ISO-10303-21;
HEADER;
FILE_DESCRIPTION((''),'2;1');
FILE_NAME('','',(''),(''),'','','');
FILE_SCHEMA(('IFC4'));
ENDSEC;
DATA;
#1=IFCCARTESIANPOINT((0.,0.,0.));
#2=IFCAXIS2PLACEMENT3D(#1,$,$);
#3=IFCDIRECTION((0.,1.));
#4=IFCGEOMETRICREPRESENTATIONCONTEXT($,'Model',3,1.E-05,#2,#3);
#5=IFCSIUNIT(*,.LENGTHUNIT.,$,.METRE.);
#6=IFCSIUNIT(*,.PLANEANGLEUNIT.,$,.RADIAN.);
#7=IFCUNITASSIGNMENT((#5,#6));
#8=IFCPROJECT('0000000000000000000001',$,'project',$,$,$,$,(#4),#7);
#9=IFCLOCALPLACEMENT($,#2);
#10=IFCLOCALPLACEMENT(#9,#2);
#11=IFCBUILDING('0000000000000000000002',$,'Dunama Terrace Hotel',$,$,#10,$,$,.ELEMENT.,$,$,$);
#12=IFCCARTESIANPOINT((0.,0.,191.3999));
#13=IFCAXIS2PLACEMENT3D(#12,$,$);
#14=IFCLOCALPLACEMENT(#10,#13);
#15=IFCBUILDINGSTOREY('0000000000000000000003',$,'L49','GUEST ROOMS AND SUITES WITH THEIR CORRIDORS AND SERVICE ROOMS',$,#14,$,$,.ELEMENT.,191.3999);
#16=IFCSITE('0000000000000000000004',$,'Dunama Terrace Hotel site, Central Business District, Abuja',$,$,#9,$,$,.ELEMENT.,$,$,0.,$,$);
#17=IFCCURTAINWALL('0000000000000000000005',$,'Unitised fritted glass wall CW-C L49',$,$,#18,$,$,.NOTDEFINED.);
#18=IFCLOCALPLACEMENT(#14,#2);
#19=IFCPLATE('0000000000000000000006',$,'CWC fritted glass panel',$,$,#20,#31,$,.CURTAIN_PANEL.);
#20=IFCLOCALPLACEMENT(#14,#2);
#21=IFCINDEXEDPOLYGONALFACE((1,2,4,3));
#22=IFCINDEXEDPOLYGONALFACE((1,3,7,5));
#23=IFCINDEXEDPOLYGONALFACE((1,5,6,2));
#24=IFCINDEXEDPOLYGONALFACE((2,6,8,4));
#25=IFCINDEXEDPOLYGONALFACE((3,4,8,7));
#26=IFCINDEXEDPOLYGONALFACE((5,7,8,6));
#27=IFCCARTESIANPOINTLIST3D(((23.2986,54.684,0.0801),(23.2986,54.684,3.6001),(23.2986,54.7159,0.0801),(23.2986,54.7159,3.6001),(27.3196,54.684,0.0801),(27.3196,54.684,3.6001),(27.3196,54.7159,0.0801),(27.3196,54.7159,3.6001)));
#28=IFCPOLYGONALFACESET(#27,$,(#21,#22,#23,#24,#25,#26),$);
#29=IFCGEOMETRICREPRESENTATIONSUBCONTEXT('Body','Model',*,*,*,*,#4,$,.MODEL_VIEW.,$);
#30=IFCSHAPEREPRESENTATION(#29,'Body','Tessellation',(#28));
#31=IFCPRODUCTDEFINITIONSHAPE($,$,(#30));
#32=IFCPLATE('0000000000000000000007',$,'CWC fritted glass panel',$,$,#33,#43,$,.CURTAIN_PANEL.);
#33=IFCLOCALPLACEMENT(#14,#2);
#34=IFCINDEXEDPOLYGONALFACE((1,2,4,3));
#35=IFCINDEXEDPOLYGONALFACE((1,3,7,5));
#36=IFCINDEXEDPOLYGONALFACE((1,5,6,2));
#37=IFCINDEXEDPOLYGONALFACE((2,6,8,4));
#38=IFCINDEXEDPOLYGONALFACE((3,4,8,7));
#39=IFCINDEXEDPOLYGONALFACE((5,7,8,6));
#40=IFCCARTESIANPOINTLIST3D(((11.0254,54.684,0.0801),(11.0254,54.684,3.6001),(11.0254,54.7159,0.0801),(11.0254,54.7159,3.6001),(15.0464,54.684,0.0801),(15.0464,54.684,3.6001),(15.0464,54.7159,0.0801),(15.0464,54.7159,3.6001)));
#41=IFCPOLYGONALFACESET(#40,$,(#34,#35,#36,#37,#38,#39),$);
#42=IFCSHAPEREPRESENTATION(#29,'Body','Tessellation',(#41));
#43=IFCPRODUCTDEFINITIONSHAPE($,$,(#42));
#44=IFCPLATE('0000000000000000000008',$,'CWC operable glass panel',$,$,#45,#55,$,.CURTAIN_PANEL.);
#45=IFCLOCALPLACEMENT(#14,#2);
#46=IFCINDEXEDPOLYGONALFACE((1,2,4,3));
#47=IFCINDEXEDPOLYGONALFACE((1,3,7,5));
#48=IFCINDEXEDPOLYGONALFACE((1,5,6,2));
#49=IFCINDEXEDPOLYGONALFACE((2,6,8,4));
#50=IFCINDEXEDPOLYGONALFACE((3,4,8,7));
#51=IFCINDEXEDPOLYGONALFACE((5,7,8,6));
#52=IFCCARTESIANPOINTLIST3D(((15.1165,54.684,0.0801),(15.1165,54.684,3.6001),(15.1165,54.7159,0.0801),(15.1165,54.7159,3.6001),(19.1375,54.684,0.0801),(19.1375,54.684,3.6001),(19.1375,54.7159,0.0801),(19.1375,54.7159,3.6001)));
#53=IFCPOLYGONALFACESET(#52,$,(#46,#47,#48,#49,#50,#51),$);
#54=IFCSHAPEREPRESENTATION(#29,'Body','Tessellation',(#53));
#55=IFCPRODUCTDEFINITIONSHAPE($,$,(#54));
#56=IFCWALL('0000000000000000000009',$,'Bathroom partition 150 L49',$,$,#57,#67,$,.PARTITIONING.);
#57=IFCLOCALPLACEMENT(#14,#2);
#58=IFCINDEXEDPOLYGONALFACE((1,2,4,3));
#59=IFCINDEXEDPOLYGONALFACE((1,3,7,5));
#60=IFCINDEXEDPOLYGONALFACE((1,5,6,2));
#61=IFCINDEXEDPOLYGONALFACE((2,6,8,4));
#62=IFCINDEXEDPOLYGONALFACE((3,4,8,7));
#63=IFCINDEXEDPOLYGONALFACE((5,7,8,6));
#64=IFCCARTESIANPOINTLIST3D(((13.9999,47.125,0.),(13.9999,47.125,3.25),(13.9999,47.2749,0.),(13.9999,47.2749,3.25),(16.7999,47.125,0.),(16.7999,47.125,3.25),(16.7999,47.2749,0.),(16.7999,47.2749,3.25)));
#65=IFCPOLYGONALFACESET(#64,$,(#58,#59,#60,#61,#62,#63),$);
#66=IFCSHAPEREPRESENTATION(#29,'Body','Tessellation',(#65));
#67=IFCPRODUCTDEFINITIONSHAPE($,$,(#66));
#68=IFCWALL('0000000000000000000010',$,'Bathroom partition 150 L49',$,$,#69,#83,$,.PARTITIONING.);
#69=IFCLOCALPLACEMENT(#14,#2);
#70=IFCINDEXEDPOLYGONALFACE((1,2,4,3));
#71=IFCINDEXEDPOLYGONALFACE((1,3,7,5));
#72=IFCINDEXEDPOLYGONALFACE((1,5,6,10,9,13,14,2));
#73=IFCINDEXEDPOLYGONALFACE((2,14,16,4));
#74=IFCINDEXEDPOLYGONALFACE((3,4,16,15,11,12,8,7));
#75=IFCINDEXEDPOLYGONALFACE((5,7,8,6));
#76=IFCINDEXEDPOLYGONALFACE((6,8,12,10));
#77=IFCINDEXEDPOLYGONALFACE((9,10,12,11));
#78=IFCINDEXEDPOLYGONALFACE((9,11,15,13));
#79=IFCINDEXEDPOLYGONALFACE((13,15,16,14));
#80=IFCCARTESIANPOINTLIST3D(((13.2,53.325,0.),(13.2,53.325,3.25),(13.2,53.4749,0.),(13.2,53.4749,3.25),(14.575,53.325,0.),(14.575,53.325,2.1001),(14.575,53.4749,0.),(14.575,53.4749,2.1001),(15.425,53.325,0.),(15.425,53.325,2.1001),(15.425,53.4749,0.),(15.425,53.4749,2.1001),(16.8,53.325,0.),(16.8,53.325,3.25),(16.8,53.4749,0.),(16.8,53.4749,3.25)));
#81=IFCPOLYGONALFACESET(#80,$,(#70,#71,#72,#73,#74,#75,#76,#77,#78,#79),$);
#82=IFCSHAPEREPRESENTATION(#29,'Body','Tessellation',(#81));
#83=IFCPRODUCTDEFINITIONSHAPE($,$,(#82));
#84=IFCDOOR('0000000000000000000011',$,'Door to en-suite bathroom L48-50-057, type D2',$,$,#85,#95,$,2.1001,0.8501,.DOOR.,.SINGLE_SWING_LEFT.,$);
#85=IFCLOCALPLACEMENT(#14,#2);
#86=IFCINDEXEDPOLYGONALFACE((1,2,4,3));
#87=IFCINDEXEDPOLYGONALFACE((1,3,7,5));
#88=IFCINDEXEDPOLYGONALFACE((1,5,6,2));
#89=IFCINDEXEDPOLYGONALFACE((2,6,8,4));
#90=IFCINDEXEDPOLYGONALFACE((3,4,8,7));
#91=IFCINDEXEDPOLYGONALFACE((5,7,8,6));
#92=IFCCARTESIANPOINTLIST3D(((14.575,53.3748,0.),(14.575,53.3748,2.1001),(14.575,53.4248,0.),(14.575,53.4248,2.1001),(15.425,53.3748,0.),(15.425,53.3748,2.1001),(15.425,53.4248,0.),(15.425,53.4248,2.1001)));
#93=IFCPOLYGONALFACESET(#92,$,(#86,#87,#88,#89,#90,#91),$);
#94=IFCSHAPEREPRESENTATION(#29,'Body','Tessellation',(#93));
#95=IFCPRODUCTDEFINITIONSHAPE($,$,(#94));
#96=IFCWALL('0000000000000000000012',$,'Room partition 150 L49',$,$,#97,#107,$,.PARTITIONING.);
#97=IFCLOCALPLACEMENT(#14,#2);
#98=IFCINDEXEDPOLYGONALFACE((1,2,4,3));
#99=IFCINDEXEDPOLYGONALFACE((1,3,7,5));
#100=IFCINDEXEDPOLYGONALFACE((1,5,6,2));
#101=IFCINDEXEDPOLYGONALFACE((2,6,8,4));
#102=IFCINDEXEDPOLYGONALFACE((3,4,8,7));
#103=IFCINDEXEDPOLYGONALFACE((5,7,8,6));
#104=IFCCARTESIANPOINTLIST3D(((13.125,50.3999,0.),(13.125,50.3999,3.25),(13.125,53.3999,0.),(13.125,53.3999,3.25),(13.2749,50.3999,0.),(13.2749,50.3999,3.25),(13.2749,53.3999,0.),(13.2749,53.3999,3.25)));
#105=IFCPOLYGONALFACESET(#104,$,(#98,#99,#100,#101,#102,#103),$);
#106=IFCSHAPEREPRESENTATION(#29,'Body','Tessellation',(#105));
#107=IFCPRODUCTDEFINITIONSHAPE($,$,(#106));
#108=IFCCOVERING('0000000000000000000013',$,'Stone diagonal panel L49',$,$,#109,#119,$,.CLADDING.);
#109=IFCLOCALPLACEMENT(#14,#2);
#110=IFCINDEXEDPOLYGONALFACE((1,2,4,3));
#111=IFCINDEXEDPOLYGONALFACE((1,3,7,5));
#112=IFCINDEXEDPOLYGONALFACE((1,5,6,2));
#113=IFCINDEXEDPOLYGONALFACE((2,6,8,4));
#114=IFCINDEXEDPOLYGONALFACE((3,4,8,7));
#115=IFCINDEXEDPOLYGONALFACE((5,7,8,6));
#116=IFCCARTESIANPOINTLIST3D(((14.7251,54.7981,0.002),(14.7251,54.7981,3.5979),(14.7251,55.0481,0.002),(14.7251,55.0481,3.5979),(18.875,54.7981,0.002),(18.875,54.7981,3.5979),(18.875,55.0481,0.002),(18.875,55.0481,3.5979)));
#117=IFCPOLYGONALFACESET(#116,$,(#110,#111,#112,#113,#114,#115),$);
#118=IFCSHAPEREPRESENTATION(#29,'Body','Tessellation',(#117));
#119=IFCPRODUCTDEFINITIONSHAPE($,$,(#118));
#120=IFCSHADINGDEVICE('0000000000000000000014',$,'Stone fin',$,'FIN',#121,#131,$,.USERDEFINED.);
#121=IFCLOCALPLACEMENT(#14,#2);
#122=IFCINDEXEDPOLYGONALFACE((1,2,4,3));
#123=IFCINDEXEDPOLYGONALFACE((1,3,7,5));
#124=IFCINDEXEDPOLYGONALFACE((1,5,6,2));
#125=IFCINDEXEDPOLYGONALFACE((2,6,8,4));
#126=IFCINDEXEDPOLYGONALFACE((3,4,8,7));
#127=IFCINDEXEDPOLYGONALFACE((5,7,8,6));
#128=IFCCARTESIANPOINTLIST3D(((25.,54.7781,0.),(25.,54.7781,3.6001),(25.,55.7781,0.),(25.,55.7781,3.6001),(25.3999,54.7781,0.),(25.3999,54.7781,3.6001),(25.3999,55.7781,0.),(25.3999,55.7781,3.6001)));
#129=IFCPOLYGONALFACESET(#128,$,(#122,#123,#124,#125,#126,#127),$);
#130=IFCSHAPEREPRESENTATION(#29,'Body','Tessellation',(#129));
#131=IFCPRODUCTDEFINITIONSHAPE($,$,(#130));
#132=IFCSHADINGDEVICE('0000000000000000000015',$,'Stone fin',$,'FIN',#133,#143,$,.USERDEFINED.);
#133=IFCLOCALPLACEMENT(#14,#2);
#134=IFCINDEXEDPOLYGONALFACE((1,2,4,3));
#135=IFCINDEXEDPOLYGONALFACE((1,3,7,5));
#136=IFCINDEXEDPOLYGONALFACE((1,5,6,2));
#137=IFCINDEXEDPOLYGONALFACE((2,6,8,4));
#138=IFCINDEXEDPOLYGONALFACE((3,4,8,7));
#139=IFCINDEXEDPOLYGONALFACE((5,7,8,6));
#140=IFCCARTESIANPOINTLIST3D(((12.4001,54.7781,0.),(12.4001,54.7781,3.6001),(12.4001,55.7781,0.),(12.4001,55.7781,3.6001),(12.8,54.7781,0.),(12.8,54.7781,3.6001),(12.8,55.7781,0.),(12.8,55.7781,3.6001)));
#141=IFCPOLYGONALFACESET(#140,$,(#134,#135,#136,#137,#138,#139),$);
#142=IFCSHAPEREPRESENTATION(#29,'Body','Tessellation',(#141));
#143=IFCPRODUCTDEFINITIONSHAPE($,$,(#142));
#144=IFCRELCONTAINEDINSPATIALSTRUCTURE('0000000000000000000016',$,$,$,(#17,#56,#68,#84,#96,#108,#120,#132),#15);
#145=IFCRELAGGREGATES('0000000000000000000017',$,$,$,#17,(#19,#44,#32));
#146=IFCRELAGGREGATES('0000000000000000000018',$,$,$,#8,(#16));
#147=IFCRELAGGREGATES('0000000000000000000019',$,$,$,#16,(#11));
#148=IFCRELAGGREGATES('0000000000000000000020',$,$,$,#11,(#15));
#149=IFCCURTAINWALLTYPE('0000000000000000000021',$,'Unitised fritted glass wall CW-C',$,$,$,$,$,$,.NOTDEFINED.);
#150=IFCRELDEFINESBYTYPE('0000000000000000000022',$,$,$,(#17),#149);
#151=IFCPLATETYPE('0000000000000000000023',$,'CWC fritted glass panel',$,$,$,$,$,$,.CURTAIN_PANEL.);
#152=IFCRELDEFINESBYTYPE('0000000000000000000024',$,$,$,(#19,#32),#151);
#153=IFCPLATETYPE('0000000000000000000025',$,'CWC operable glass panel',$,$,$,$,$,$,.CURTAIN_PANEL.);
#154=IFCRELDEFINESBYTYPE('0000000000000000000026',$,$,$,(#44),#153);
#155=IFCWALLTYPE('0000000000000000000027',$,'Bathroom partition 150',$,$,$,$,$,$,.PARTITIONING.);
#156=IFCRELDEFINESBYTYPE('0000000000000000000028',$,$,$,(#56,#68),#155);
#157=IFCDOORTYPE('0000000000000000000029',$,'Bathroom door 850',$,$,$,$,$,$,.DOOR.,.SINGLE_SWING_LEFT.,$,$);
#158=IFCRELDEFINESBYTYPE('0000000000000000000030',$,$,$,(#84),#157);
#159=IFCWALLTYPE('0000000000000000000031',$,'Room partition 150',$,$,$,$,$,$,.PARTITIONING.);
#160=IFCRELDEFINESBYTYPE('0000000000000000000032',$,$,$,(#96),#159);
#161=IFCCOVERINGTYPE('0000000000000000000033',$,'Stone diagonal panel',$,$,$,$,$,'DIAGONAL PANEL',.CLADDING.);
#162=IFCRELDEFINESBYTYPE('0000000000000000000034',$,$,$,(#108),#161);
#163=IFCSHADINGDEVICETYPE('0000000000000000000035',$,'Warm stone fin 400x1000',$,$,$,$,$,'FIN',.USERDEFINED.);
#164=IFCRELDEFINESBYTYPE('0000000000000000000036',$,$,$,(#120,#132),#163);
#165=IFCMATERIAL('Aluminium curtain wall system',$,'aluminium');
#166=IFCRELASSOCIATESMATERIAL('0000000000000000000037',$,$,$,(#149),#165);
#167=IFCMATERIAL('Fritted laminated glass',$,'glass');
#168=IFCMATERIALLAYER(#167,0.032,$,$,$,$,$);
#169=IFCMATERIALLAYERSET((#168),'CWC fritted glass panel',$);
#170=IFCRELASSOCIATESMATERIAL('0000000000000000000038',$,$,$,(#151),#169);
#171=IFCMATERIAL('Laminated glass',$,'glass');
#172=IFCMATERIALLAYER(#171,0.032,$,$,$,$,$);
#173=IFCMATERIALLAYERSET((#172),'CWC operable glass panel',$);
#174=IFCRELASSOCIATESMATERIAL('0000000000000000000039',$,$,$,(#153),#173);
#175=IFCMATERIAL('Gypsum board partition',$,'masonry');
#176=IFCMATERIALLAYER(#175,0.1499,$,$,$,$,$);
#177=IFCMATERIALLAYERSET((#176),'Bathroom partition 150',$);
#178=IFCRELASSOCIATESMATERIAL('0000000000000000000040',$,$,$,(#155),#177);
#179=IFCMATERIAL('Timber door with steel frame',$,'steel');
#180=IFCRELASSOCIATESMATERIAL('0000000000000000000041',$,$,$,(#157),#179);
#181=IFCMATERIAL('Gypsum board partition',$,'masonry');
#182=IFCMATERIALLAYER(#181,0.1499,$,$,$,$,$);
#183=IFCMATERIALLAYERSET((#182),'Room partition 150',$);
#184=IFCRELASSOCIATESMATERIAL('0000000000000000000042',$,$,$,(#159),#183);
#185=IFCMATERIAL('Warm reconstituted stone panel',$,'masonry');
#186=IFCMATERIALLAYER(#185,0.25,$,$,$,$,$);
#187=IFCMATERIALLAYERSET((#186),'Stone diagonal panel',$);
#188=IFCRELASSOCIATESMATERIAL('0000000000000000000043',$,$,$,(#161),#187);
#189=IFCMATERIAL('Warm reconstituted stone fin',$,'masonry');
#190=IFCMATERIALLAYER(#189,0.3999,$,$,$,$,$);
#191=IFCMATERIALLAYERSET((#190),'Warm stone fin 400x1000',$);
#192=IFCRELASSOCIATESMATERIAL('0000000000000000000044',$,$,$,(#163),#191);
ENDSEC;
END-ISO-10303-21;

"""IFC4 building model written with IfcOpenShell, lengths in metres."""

from ifc_helpers import new_model, si_unit, direction, frame, frame_2d, origin, origin_2d, place, context, subcontext, project, spatial, rectangle, extrude, material, layer, layer_set, type_object, element, fill, aggregate, save


model = new_model("IFC4")

# Units and contexts
model_context = context("Model", 3, precision=1e-05, world=origin(), true_north=direction((0.0, 1.0)))
body_context = subcontext(model_context, "Body", "Model", "MODEL_VIEW")
ifc_project = project(units=[si_unit("LENGTHUNIT", "METRE"), si_unit("PLANEANGLEUNIT", "RADIAN")], contexts=[model_context])

# Site, building, storey
site_placement = place(None, origin())
site = spatial("IfcSite", under=ifc_project, at=site_placement, Name="Dunama Terrace Hotel site, Central Business District, Abuja", CompositionType="ELEMENT", RefElevation=0.0)
building_placement = place(site_placement, origin())
building = spatial("IfcBuilding", under=site, at=building_placement, Name="Dunama Terrace Hotel", CompositionType="ELEMENT")
storey_placement = place(building_placement, frame((0.0, 0.0, 191.3999)))
storey = spatial("IfcBuildingStorey", under=building, at=storey_placement, Name="L49", Description="GUEST ROOMS AND SUITES WITH THEIR CORRIDORS AND SERVICE ROOMS", CompositionType="ELEMENT", Elevation=191.3999)

# Curtain wall
ifc_material_1 = material(Name="Aluminium curtain wall system", Category="aluminium")
curtain_wall_type = type_object("IfcCurtainWallType", Name="Unitised fritted glass wall CW-C", PredefinedType="NOTDEFINED", material=ifc_material_1)
curtain_wall_placement = place(storey_placement, origin())
curtain_wall = element("IfcCurtainWall", 1, at=curtain_wall_placement, inside=storey, type_object=curtain_wall_type, Name="Unitised fritted glass wall CW-C L49", PredefinedType="NOTDEFINED")

# Plates
ifc_material_2 = material(Name="Fritted laminated glass", Category="glass")
ifc_layer_1 = layer(ifc_material_2, 0.032)
ifc_layer_set_1 = layer_set([ifc_layer_1], Name="CWC fritted glass panel")
plate_type_1 = type_object("IfcPlateType", Name="CWC fritted glass panel", PredefinedType="CURTAIN_PANEL", material=ifc_layer_set_1)
plate_1_placement = place(storey_placement, frame((25.3091, 54.7, 0.0801), z_axis=(0.0, 0.0, 1.0), x_axis=(-1.0, 0.0, 0.0)))
plate_1 = element("IfcPlate", 2, at=plate_1_placement, type_object=plate_type_1, Name="CWC fritted glass panel", PredefinedType="CURTAIN_PANEL", context=body_context, shape_type="SweptSolid", body=[
    extrude(rectangle(XDim=4.021, YDim=0.032, at=origin_2d()), origin(), (0.0, 0.0, 1.0), 3.52),
])
plate_2_placement = place(storey_placement, frame((13.0359, 54.7, 0.0801), z_axis=(0.0, 0.0, 1.0), x_axis=(-1.0, 0.0, 0.0)))
plate_2 = element("IfcPlate", 3, at=plate_2_placement, type_object=plate_type_1, Name="CWC fritted glass panel", PredefinedType="CURTAIN_PANEL", context=body_context, shape_type="SweptSolid", body=[
    extrude(rectangle(XDim=4.021, YDim=0.032, at=origin_2d()), origin(), (0.0, 0.0, 1.0), 3.52),
])
ifc_material_3 = material(Name="Laminated glass", Category="glass")
ifc_layer_2 = layer(ifc_material_3, 0.032)
ifc_layer_set_2 = layer_set([ifc_layer_2], Name="CWC operable glass panel")
plate_type_2 = type_object("IfcPlateType", Name="CWC operable glass panel", PredefinedType="CURTAIN_PANEL", material=ifc_layer_set_2)
plate_3_placement = place(storey_placement, frame((17.127, 54.7, 0.0801), z_axis=(0.0, 0.0, 1.0), x_axis=(-1.0, 0.0, 0.0)))
plate_3 = element("IfcPlate", 4, at=plate_3_placement, type_object=plate_type_2, Name="CWC operable glass panel", PredefinedType="CURTAIN_PANEL", context=body_context, shape_type="SweptSolid", body=[
    extrude(rectangle(XDim=4.021, YDim=0.032, at=origin_2d()), origin(), (0.0, 0.0, 1.0), 3.52),
])
aggregate(curtain_wall, [plate_1, plate_3, plate_2])

# Wall
ifc_material_4 = material(Name="Gypsum board partition", Category="masonry")
ifc_layer_3 = layer(ifc_material_4, 0.1499)
ifc_layer_set_3 = layer_set([ifc_layer_3], Name="Bathroom partition 150")
wall_type_1 = type_object("IfcWallType", Name="Bathroom partition 150", PredefinedType="PARTITIONING", material=ifc_layer_set_3)
wall_1_placement = place(storey_placement, frame((14.0, 47.2, 0.0), z_axis=(0.0, 0.0, 1.0), x_axis=(1.0, 0.0, 0.0)))
element("IfcWall", 5, at=wall_1_placement, inside=storey, type_object=wall_type_1, Name="Bathroom partition 150 L49", PredefinedType="PARTITIONING", context=body_context, shape_type="SweptSolid", body=[
    extrude(rectangle(XDim=2.8, YDim=0.1499, at=frame_2d((1.3999, 0.0))), origin(), (0.0, 0.0, 1.0), 3.25),
])

# Wall, opening, door
wall_2_placement = place(storey_placement, frame((13.2, 53.3999, 0.0), z_axis=(0.0, 0.0, 1.0), x_axis=(1.0, 0.0, 0.0)))
wall_2 = element("IfcWall", 6, at=wall_2_placement, inside=storey, type_object=wall_type_1, Name="Bathroom partition 150 L49", PredefinedType="PARTITIONING", context=body_context, shape_type="SweptSolid", body=[
    extrude(rectangle(XDim=3.6001, YDim=0.1499, at=frame_2d((1.8, 0.0))), origin(), (0.0, 0.0, 1.0), 3.25),
])
opening_placement = place(wall_2_placement, frame((1.375, 0.0, 0.0)))
opening = element("IfcOpeningElement", 7, at=opening_placement, cuts=wall_2, PredefinedType="OPENING", context=body_context, shape_type="SweptSolid", body=[
    extrude(rectangle(XDim=0.8501, YDim=2.1001, at=frame_2d((0.425, 1.05))), frame((0.0, 0.085, 0.0), z_axis=(0.0, -1.0, 0.0), x_axis=(1.0, 0.0, 0.0)), (0.0, 0.0, 1.0), 0.1699),
])
ifc_material_5 = material(Name="Timber door with steel frame", Category="steel")
door_type = type_object("IfcDoorType", Name="Bathroom door 850", OperationType="SINGLE_SWING_LEFT", PredefinedType="DOOR", material=ifc_material_5)
door_placement = place(opening_placement, frame((0.8501, 0.0, 0.0), z_axis=(0.0, 0.0, 1.0), x_axis=(-1.0, 0.0, 0.0)))
door = element("IfcDoor", 8, at=door_placement, inside=storey, type_object=door_type, Name="Door to en-suite bathroom L48-50-057, type D2", OperationType="SINGLE_SWING_LEFT", OverallHeight=2.1001, OverallWidth=0.8501, PredefinedType="DOOR", context=body_context, shape_type="SweptSolid", body=[
    extrude(rectangle(XDim=0.8501, YDim=2.1001, at=frame_2d((0.425, 1.05))), frame((0.0, 0.0251, 0.0), z_axis=(0.0, -1.0, 0.0), x_axis=(1.0, 0.0, 0.0)), (0.0, 0.0, 1.0), 0.05),
])
fill(opening, door)

# Wall
ifc_material_6 = material(Name="Gypsum board partition", Category="masonry")
ifc_layer_4 = layer(ifc_material_6, 0.1499)
ifc_layer_set_4 = layer_set([ifc_layer_4], Name="Room partition 150")
wall_type_2 = type_object("IfcWallType", Name="Room partition 150", PredefinedType="PARTITIONING", material=ifc_layer_set_4)
wall_3_placement = place(storey_placement, frame((13.2, 50.3999, 0.0), z_axis=(0.0, 0.0, 1.0), x_axis=(0.0, 1.0, 0.0)))
element("IfcWall", 9, at=wall_3_placement, inside=storey, type_object=wall_type_2, Name="Room partition 150 L49", PredefinedType="PARTITIONING", context=body_context, shape_type="SweptSolid", body=[
    extrude(rectangle(XDim=3.0, YDim=0.1499, at=frame_2d((1.5, 0.0))), origin(), (0.0, 0.0, 1.0), 3.25),
])

# Covering
ifc_material_7 = material(Name="Warm reconstituted stone panel", Category="masonry")
ifc_layer_5 = layer(ifc_material_7, 0.25)
ifc_layer_set_5 = layer_set([ifc_layer_5], Name="Stone diagonal panel")
covering_type = type_object("IfcCoveringType", Name="Stone diagonal panel", ElementType="DIAGONAL PANEL", PredefinedType="CLADDING", material=ifc_layer_set_5)
covering_placement = place(storey_placement, frame((16.8, 54.9231, 0.002), z_axis=(0.0, 0.0, 1.0), x_axis=(-1.0, 0.0, 0.0)))
element("IfcCovering", 10, at=covering_placement, inside=storey, type_object=covering_type, Name="Stone diagonal panel L49", PredefinedType="CLADDING", context=body_context, shape_type="SweptSolid", body=[
    extrude(rectangle(XDim=4.1499, YDim=0.25, at=origin_2d()), origin(), (0.0, 0.0, 1.0), 3.5959),
])

# Shading devices
ifc_material_8 = material(Name="Warm reconstituted stone fin", Category="masonry")
ifc_layer_6 = layer(ifc_material_8, 0.3999)
ifc_layer_set_6 = layer_set([ifc_layer_6], Name="Warm stone fin 400x1000")
shading_device_type = type_object("IfcShadingDeviceType", Name="Warm stone fin 400x1000", ElementType="FIN", PredefinedType="USERDEFINED", material=ifc_layer_set_6)
for number, where, z_axis, x_axis, name in (
    (11, (25.2, 55.2781, 0.0), (0.0, 0.0, 1.0), (-1.0, 0.0, 0.0), "Stone fin"),
    (12, (12.6001, 55.2781, 0.0), (0.0, 0.0, 1.0), (-1.0, 0.0, 0.0), "Stone fin"),
):
    element("IfcShadingDevice", number, at=place(storey_placement, frame(where, z_axis=z_axis, x_axis=x_axis)), inside=storey, type_object=shading_device_type, Name=name, ObjectType="FIN", PredefinedType="USERDEFINED", context=body_context, shape_type="SweptSolid", body=[
        extrude(rectangle(XDim=0.3999, YDim=1.0, at=origin_2d()), origin(), (0.0, 0.0, 1.0), 3.6001),
    ])

save(model, "model.ifc")
